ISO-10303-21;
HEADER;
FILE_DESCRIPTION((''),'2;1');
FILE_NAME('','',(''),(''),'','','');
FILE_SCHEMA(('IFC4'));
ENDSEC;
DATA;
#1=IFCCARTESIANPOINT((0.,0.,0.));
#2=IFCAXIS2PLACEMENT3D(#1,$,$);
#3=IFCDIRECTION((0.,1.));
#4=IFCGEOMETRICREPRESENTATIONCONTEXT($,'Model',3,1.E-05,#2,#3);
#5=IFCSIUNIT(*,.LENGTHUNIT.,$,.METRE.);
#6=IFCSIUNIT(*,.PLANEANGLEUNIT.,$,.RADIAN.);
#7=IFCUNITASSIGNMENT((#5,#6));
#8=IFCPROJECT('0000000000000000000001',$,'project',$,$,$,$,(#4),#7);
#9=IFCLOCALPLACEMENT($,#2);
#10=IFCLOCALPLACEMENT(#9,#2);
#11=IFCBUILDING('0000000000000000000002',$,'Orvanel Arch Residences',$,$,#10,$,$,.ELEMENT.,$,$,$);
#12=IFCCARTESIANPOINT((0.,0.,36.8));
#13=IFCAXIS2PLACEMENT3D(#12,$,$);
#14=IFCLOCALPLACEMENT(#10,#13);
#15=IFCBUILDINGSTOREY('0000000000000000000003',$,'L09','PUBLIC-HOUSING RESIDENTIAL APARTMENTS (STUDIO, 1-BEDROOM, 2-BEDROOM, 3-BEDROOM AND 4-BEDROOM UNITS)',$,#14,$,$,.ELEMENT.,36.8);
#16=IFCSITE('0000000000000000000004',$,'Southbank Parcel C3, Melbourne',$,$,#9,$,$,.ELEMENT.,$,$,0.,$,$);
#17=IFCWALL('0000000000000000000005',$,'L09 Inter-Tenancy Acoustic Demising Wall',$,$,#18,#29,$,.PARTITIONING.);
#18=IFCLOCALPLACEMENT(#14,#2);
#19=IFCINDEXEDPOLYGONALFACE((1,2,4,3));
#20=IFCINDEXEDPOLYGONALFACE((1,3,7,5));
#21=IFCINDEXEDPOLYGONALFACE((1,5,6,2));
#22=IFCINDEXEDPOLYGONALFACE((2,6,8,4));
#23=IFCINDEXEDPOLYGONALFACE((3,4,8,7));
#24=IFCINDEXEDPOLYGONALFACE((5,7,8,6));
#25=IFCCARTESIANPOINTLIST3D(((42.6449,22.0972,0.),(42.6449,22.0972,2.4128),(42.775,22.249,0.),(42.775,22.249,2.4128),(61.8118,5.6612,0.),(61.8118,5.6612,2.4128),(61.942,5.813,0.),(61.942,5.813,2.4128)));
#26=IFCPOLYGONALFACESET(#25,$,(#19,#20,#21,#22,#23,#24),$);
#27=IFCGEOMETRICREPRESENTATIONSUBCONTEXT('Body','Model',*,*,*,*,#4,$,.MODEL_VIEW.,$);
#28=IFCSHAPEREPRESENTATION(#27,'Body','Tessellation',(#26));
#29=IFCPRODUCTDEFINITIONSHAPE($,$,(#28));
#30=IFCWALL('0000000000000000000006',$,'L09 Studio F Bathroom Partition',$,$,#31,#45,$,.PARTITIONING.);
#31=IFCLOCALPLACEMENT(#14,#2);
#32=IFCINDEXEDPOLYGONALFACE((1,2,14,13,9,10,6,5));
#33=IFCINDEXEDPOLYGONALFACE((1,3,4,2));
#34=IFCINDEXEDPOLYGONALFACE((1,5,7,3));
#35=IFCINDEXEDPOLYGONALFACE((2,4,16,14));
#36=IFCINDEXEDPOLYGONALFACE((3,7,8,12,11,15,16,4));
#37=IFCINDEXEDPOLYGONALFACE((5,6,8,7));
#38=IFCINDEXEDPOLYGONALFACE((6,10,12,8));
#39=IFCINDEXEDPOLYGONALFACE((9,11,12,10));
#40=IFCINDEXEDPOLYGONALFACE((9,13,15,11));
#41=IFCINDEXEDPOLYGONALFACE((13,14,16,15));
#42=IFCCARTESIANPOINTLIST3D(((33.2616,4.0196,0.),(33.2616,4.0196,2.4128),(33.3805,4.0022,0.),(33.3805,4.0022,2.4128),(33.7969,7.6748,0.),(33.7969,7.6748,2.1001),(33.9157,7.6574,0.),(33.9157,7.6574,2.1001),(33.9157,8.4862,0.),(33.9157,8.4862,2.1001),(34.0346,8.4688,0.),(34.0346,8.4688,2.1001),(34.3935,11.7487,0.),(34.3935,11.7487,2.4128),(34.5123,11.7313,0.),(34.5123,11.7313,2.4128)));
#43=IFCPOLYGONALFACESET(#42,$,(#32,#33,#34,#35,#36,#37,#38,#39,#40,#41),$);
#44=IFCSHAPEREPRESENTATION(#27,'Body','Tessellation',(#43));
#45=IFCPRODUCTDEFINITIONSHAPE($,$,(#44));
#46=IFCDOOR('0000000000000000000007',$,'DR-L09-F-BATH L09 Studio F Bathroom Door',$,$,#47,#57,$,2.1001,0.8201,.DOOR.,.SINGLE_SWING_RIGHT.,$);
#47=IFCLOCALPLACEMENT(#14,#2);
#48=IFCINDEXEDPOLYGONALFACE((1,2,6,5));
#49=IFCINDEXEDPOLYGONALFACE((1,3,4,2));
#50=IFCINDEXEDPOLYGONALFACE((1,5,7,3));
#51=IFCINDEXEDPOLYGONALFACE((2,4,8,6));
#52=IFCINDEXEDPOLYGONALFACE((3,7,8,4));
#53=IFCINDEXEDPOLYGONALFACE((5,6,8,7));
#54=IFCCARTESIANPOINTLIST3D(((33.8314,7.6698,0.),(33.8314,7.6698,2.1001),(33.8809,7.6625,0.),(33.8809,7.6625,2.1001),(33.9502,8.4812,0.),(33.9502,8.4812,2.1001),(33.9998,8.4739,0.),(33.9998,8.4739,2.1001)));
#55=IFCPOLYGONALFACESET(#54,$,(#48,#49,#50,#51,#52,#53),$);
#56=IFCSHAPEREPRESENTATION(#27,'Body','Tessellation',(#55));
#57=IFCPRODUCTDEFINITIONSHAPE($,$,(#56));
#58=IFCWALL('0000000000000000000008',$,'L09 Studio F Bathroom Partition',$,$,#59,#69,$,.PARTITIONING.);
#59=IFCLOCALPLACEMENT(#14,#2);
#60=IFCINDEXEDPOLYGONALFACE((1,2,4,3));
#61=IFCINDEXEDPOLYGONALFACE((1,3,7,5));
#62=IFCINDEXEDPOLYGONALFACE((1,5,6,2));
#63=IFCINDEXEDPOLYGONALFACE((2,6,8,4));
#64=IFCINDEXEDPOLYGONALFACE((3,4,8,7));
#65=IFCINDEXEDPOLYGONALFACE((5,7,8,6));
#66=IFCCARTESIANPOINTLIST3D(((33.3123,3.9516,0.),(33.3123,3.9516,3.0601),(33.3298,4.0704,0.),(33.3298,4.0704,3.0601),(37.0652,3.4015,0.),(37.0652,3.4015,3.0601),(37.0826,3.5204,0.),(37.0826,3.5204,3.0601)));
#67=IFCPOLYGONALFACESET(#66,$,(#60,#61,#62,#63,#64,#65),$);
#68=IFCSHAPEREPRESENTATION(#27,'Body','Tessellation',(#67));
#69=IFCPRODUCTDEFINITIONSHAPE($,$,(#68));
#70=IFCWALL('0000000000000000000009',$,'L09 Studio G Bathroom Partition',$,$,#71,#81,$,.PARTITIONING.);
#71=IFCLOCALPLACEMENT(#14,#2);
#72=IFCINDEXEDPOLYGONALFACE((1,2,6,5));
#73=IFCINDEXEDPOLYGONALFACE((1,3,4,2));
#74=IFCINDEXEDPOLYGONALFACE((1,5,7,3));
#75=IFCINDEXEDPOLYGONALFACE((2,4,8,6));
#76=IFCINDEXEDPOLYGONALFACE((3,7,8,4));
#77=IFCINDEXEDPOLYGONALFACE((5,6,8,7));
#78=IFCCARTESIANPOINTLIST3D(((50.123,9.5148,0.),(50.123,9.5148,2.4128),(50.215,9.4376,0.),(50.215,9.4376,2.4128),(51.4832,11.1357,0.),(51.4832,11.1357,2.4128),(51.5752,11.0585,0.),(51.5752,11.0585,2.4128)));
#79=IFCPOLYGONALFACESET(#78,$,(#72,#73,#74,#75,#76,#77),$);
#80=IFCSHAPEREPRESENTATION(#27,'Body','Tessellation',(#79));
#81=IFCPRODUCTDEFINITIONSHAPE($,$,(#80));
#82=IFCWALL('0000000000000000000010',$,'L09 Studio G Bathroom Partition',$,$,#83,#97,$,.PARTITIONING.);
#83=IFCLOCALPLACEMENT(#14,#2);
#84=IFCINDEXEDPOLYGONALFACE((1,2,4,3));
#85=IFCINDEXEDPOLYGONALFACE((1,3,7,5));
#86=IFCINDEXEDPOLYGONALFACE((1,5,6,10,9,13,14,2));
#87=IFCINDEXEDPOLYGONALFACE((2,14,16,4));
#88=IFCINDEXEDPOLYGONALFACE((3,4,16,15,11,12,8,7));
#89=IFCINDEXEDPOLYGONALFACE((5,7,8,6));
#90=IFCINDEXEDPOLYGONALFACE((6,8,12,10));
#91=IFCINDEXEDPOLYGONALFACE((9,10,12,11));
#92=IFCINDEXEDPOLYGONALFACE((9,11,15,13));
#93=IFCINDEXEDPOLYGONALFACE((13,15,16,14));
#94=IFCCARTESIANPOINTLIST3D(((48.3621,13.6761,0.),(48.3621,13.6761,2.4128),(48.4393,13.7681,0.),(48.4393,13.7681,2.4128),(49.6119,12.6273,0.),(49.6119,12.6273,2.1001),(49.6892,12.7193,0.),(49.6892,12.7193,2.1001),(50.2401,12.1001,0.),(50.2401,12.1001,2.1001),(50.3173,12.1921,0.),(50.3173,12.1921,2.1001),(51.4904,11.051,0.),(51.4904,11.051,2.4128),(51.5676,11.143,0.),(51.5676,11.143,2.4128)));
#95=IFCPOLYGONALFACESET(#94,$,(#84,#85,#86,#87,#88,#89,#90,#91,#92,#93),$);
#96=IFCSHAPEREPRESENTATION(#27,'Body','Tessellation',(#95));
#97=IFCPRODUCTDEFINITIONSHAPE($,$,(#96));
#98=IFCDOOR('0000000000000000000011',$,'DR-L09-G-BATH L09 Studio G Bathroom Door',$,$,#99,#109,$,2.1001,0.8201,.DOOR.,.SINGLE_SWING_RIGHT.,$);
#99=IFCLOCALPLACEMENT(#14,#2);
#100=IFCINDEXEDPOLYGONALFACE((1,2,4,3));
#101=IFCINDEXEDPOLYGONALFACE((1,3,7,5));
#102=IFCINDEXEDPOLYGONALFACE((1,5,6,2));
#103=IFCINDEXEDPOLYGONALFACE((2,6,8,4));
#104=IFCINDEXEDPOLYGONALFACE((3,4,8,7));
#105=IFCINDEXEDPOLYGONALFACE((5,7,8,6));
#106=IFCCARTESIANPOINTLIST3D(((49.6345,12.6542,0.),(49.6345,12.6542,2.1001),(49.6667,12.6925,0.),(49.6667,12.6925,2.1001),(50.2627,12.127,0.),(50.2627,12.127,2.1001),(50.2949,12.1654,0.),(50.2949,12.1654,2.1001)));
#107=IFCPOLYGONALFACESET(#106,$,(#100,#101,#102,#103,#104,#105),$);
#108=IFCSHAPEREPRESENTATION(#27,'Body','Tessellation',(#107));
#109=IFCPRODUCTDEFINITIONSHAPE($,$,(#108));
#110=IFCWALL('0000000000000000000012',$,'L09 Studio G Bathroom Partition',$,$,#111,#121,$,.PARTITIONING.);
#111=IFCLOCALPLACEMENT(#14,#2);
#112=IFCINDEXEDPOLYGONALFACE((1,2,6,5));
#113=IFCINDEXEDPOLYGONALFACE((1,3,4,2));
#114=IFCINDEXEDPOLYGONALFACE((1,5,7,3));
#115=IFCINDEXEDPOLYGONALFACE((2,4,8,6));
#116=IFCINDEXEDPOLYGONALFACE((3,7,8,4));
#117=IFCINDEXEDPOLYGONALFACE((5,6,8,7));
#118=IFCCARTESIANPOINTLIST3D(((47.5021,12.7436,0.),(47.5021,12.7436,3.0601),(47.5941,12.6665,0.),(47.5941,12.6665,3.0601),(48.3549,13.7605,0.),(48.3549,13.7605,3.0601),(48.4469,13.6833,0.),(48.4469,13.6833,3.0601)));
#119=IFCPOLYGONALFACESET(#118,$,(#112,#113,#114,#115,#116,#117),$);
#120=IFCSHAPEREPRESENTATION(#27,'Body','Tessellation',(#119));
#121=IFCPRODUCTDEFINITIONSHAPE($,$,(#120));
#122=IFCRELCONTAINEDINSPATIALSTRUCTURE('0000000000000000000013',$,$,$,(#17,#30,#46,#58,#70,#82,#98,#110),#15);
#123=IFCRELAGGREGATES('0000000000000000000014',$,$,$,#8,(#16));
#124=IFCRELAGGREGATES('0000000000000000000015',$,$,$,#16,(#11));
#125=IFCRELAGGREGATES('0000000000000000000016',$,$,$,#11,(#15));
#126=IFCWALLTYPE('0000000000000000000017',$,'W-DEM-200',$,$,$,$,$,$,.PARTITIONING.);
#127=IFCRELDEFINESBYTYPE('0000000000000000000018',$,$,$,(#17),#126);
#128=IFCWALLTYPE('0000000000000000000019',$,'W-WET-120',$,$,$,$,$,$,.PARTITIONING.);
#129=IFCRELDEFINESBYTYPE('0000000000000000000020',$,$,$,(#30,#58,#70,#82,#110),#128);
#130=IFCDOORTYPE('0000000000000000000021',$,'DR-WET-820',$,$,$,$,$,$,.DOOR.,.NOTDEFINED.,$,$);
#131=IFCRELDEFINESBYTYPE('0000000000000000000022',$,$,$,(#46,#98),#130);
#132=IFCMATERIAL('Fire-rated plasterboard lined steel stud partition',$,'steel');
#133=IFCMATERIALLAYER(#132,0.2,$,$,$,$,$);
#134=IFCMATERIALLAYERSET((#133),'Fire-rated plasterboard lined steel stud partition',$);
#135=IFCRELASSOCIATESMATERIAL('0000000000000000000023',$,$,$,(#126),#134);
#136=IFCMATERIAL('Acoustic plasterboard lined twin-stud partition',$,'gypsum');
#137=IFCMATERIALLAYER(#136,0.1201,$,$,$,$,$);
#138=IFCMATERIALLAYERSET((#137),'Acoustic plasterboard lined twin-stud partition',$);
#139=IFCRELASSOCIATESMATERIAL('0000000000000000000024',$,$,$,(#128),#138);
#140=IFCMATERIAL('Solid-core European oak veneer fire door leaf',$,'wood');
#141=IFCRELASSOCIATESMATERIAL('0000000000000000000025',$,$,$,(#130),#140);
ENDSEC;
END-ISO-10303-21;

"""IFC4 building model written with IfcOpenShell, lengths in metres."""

from ifc_helpers import new_model, si_unit, direction, frame, frame_2d, origin, place, context, subcontext, project, spatial, rectangle, extrude, material, layer, layer_set, type_object, element, fill, save


model = new_model("IFC4")

# Units and contexts
model_context = context("Model", 3, precision=1e-05, world=origin(), true_north=direction((0.0, 1.0)))
body_context = subcontext(model_context, "Body", "Model", "MODEL_VIEW")
ifc_project = project(units=[si_unit("LENGTHUNIT", "METRE"), si_unit("PLANEANGLEUNIT", "RADIAN")], contexts=[model_context])

# Site, building, storey
site_placement = place(None, origin())
site = spatial("IfcSite", under=ifc_project, at=site_placement, Name="Southbank Parcel C3, Melbourne", CompositionType="ELEMENT", RefElevation=0.0)
building_placement = place(site_placement, origin())
building = spatial("IfcBuilding", under=site, at=building_placement, Name="Orvanel Arch Residences", CompositionType="ELEMENT")
storey_placement = place(building_placement, frame((0.0, 0.0, 36.8)))
storey = spatial("IfcBuildingStorey", under=building, at=storey_placement, Name="L09", Description="PUBLIC-HOUSING RESIDENTIAL APARTMENTS (STUDIO, 1-BEDROOM, 2-BEDROOM, 3-BEDROOM AND 4-BEDROOM UNITS)", CompositionType="ELEMENT", Elevation=36.8)

# Shared definitions
ifc_material_1 = material(Name="Fire-rated plasterboard lined steel stud partition", Category="steel")
ifc_material_2 = material(Name="Solid-core European oak veneer fire door leaf", Category="wood")

# Wall
ifc_layer_1 = layer(ifc_material_1, 0.2)
ifc_layer_set_1 = layer_set([ifc_layer_1], Name="Fire-rated plasterboard lined steel stud partition")
wall_type_1 = type_object("IfcWallType", Name="W-DEM-200", PredefinedType="PARTITIONING", material=ifc_layer_set_1)
wall_1_placement = place(storey_placement, frame((42.71, 22.1731, 0.0), z_axis=(0.0, 0.0, 1.0), x_axis=(0.759116, -0.650955, 0.0)))
element("IfcWall", 1, at=wall_1_placement, inside=storey, type_object=wall_type_1, Name="L09 Inter-Tenancy Acoustic Demising Wall", PredefinedType="PARTITIONING", context=body_context, shape_type="SweptSolid", body=[
    extrude(rectangle(XDim=25.249, YDim=0.2, at=frame_2d((12.6245, 0.0))), origin(), (0.0, 0.0, 1.0), 2.4128),
])

# Wall, opening, door
ifc_material_3 = material(Name="Acoustic plasterboard lined twin-stud partition", Category="gypsum")
ifc_layer_2 = layer(ifc_material_3, 0.1201)
ifc_layer_set_2 = layer_set([ifc_layer_2], Name="Acoustic plasterboard lined twin-stud partition")
wall_type_2 = type_object("IfcWallType", Name="W-WET-120", PredefinedType="PARTITIONING", material=ifc_layer_set_2)
wall_2_placement = place(storey_placement, frame((34.4529, 11.74, 0.0), z_axis=(0.0, 0.0, 1.0), x_axis=(-0.144895, -0.989447, 0.0)))
wall_2 = element("IfcWall", 2, at=wall_2_placement, inside=storey, type_object=wall_type_2, Name="L09 Studio F Bathroom Partition", PredefinedType="PARTITIONING", context=body_context, shape_type="SweptSolid", body=[
    extrude(rectangle(XDim=7.8115, YDim=0.1201, at=frame_2d((3.9058, 0.0))), origin(), (0.0, 0.0, 1.0), 2.4128),
])
opening_1_placement = place(wall_2_placement, frame((3.2971, 0.0, 0.0)))
opening_1 = element("IfcOpeningElement", 3, at=opening_1_placement, cuts=wall_2, PredefinedType="OPENING", context=body_context, shape_type="SweptSolid", body=[
    extrude(rectangle(XDim=0.8201, YDim=2.1001, at=frame_2d((0.4102, 1.05))), frame((0.0, 0.0701, 0.0), z_axis=(0.0, -1.0, 0.0), x_axis=(1.0, 0.0, 0.0)), (0.0, 0.0, 1.0), 0.1401),
])
door_type_1 = type_object("IfcDoorType", Name="DR-WET-820", OperationType="NOTDEFINED", PredefinedType="DOOR", material=ifc_material_2)
door_1_placement = place(opening_1_placement, origin())
door_1 = element("IfcDoor", 4, at=door_1_placement, inside=storey, type_object=door_type_1, Name="DR-L09-F-BATH L09 Studio F Bathroom Door", OperationType="SINGLE_SWING_RIGHT", OverallHeight=2.1001, OverallWidth=0.8201, PredefinedType="DOOR", context=body_context, shape_type="SweptSolid", body=[
    extrude(rectangle(XDim=0.8201, YDim=2.1001, at=frame_2d((0.4102, 1.05))), frame((0.0, 0.0249, 0.0), z_axis=(0.0, -1.0, 0.0), x_axis=(1.0, 0.0, 0.0)), (0.0, 0.0, 1.0), 0.05),
])
fill(opening_1, door_1)

# Walls
wall_3_placement = place(storey_placement, frame((33.321, 4.011, 0.0), z_axis=(0.0, 0.0, 1.0), x_axis=(0.989429, -0.145016, 0.0)))
element("IfcWall", 5, at=wall_3_placement, inside=storey, type_object=wall_type_2, Name="L09 Studio F Bathroom Partition", PredefinedType="PARTITIONING", context=body_context, shape_type="SweptSolid", body=[
    extrude(rectangle(XDim=3.793, YDim=0.1201, at=frame_2d((1.8965, 0.0))), origin(), (0.0, 0.0, 1.0), 3.0601),
])
wall_4_placement = place(storey_placement, frame((50.1689, 9.4761, 0.0), z_axis=(0.0, 0.0, 1.0), x_axis=(0.642802, 0.766032, 0.0)))
element("IfcWall", 6, at=wall_4_placement, inside=storey, type_object=wall_type_2, Name="L09 Studio G Bathroom Partition", PredefinedType="PARTITIONING", context=body_context, shape_type="SweptSolid", body=[
    extrude(rectangle(XDim=2.116, YDim=0.1201, at=frame_2d((1.0581, 0.0))), origin(), (0.0, 0.0, 1.0), 2.4128),
])

# Wall, opening, door
wall_5_placement = place(storey_placement, frame((51.5291, 11.0969, 0.0), z_axis=(0.0, 0.0, 1.0), x_axis=(-0.766026, 0.642809, 0.0)))
wall_5 = element("IfcWall", 7, at=wall_5_placement, inside=storey, type_object=wall_type_2, Name="L09 Studio G Bathroom Partition", PredefinedType="PARTITIONING", context=body_context, shape_type="SweptSolid", body=[
    extrude(rectangle(XDim=4.0837, YDim=0.1201, at=frame_2d((2.042, 0.0))), origin(), (0.0, 0.0, 1.0), 2.4128),
])
opening_2_placement = place(wall_5_placement, frame((1.6321, 0.0, 0.0)))
opening_2 = element("IfcOpeningElement", 8, at=opening_2_placement, cuts=wall_5, PredefinedType="OPENING", context=body_context, shape_type="SweptSolid", body=[
    extrude(rectangle(XDim=0.8201, YDim=2.1001, at=frame_2d((0.4102, 1.05))), frame((0.0, 0.0701, 0.0), z_axis=(0.0, -1.0, 0.0), x_axis=(1.0, 0.0, 0.0)), (0.0, 0.0, 1.0), 0.1401),
])
door_2_placement = place(opening_2_placement, origin())
door_2 = element("IfcDoor", 9, at=door_2_placement, inside=storey, type_object=door_type_1, Name="DR-L09-G-BATH L09 Studio G Bathroom Door", OperationType="SINGLE_SWING_RIGHT", OverallHeight=2.1001, OverallWidth=0.8201, PredefinedType="DOOR", context=body_context, shape_type="SweptSolid", body=[
    extrude(rectangle(XDim=0.8201, YDim=2.1001, at=frame_2d((0.4102, 1.05))), frame((0.0, 0.0249, 0.0), z_axis=(0.0, -1.0, 0.0), x_axis=(1.0, 0.0, 0.0)), (0.0, 0.0, 1.0), 0.05),
])
fill(opening_2, door_2)

# Wall
wall_6_placement = place(storey_placement, frame((48.4009, 13.7219, 0.0), z_axis=(0.0, 0.0, 1.0), x_axis=(-0.642588, -0.766212, 0.0)))
element("IfcWall", 10, at=wall_6_placement, inside=storey, type_object=wall_type_2, Name="L09 Studio G Bathroom Partition", PredefinedType="PARTITIONING", context=body_context, shape_type="SweptSolid", body=[
    extrude(rectangle(XDim=1.3271, YDim=0.1201, at=frame_2d((0.6636, 0.0))), origin(), (0.0, 0.0, 1.0), 3.0601),
])

save(model, "model.ifc")
